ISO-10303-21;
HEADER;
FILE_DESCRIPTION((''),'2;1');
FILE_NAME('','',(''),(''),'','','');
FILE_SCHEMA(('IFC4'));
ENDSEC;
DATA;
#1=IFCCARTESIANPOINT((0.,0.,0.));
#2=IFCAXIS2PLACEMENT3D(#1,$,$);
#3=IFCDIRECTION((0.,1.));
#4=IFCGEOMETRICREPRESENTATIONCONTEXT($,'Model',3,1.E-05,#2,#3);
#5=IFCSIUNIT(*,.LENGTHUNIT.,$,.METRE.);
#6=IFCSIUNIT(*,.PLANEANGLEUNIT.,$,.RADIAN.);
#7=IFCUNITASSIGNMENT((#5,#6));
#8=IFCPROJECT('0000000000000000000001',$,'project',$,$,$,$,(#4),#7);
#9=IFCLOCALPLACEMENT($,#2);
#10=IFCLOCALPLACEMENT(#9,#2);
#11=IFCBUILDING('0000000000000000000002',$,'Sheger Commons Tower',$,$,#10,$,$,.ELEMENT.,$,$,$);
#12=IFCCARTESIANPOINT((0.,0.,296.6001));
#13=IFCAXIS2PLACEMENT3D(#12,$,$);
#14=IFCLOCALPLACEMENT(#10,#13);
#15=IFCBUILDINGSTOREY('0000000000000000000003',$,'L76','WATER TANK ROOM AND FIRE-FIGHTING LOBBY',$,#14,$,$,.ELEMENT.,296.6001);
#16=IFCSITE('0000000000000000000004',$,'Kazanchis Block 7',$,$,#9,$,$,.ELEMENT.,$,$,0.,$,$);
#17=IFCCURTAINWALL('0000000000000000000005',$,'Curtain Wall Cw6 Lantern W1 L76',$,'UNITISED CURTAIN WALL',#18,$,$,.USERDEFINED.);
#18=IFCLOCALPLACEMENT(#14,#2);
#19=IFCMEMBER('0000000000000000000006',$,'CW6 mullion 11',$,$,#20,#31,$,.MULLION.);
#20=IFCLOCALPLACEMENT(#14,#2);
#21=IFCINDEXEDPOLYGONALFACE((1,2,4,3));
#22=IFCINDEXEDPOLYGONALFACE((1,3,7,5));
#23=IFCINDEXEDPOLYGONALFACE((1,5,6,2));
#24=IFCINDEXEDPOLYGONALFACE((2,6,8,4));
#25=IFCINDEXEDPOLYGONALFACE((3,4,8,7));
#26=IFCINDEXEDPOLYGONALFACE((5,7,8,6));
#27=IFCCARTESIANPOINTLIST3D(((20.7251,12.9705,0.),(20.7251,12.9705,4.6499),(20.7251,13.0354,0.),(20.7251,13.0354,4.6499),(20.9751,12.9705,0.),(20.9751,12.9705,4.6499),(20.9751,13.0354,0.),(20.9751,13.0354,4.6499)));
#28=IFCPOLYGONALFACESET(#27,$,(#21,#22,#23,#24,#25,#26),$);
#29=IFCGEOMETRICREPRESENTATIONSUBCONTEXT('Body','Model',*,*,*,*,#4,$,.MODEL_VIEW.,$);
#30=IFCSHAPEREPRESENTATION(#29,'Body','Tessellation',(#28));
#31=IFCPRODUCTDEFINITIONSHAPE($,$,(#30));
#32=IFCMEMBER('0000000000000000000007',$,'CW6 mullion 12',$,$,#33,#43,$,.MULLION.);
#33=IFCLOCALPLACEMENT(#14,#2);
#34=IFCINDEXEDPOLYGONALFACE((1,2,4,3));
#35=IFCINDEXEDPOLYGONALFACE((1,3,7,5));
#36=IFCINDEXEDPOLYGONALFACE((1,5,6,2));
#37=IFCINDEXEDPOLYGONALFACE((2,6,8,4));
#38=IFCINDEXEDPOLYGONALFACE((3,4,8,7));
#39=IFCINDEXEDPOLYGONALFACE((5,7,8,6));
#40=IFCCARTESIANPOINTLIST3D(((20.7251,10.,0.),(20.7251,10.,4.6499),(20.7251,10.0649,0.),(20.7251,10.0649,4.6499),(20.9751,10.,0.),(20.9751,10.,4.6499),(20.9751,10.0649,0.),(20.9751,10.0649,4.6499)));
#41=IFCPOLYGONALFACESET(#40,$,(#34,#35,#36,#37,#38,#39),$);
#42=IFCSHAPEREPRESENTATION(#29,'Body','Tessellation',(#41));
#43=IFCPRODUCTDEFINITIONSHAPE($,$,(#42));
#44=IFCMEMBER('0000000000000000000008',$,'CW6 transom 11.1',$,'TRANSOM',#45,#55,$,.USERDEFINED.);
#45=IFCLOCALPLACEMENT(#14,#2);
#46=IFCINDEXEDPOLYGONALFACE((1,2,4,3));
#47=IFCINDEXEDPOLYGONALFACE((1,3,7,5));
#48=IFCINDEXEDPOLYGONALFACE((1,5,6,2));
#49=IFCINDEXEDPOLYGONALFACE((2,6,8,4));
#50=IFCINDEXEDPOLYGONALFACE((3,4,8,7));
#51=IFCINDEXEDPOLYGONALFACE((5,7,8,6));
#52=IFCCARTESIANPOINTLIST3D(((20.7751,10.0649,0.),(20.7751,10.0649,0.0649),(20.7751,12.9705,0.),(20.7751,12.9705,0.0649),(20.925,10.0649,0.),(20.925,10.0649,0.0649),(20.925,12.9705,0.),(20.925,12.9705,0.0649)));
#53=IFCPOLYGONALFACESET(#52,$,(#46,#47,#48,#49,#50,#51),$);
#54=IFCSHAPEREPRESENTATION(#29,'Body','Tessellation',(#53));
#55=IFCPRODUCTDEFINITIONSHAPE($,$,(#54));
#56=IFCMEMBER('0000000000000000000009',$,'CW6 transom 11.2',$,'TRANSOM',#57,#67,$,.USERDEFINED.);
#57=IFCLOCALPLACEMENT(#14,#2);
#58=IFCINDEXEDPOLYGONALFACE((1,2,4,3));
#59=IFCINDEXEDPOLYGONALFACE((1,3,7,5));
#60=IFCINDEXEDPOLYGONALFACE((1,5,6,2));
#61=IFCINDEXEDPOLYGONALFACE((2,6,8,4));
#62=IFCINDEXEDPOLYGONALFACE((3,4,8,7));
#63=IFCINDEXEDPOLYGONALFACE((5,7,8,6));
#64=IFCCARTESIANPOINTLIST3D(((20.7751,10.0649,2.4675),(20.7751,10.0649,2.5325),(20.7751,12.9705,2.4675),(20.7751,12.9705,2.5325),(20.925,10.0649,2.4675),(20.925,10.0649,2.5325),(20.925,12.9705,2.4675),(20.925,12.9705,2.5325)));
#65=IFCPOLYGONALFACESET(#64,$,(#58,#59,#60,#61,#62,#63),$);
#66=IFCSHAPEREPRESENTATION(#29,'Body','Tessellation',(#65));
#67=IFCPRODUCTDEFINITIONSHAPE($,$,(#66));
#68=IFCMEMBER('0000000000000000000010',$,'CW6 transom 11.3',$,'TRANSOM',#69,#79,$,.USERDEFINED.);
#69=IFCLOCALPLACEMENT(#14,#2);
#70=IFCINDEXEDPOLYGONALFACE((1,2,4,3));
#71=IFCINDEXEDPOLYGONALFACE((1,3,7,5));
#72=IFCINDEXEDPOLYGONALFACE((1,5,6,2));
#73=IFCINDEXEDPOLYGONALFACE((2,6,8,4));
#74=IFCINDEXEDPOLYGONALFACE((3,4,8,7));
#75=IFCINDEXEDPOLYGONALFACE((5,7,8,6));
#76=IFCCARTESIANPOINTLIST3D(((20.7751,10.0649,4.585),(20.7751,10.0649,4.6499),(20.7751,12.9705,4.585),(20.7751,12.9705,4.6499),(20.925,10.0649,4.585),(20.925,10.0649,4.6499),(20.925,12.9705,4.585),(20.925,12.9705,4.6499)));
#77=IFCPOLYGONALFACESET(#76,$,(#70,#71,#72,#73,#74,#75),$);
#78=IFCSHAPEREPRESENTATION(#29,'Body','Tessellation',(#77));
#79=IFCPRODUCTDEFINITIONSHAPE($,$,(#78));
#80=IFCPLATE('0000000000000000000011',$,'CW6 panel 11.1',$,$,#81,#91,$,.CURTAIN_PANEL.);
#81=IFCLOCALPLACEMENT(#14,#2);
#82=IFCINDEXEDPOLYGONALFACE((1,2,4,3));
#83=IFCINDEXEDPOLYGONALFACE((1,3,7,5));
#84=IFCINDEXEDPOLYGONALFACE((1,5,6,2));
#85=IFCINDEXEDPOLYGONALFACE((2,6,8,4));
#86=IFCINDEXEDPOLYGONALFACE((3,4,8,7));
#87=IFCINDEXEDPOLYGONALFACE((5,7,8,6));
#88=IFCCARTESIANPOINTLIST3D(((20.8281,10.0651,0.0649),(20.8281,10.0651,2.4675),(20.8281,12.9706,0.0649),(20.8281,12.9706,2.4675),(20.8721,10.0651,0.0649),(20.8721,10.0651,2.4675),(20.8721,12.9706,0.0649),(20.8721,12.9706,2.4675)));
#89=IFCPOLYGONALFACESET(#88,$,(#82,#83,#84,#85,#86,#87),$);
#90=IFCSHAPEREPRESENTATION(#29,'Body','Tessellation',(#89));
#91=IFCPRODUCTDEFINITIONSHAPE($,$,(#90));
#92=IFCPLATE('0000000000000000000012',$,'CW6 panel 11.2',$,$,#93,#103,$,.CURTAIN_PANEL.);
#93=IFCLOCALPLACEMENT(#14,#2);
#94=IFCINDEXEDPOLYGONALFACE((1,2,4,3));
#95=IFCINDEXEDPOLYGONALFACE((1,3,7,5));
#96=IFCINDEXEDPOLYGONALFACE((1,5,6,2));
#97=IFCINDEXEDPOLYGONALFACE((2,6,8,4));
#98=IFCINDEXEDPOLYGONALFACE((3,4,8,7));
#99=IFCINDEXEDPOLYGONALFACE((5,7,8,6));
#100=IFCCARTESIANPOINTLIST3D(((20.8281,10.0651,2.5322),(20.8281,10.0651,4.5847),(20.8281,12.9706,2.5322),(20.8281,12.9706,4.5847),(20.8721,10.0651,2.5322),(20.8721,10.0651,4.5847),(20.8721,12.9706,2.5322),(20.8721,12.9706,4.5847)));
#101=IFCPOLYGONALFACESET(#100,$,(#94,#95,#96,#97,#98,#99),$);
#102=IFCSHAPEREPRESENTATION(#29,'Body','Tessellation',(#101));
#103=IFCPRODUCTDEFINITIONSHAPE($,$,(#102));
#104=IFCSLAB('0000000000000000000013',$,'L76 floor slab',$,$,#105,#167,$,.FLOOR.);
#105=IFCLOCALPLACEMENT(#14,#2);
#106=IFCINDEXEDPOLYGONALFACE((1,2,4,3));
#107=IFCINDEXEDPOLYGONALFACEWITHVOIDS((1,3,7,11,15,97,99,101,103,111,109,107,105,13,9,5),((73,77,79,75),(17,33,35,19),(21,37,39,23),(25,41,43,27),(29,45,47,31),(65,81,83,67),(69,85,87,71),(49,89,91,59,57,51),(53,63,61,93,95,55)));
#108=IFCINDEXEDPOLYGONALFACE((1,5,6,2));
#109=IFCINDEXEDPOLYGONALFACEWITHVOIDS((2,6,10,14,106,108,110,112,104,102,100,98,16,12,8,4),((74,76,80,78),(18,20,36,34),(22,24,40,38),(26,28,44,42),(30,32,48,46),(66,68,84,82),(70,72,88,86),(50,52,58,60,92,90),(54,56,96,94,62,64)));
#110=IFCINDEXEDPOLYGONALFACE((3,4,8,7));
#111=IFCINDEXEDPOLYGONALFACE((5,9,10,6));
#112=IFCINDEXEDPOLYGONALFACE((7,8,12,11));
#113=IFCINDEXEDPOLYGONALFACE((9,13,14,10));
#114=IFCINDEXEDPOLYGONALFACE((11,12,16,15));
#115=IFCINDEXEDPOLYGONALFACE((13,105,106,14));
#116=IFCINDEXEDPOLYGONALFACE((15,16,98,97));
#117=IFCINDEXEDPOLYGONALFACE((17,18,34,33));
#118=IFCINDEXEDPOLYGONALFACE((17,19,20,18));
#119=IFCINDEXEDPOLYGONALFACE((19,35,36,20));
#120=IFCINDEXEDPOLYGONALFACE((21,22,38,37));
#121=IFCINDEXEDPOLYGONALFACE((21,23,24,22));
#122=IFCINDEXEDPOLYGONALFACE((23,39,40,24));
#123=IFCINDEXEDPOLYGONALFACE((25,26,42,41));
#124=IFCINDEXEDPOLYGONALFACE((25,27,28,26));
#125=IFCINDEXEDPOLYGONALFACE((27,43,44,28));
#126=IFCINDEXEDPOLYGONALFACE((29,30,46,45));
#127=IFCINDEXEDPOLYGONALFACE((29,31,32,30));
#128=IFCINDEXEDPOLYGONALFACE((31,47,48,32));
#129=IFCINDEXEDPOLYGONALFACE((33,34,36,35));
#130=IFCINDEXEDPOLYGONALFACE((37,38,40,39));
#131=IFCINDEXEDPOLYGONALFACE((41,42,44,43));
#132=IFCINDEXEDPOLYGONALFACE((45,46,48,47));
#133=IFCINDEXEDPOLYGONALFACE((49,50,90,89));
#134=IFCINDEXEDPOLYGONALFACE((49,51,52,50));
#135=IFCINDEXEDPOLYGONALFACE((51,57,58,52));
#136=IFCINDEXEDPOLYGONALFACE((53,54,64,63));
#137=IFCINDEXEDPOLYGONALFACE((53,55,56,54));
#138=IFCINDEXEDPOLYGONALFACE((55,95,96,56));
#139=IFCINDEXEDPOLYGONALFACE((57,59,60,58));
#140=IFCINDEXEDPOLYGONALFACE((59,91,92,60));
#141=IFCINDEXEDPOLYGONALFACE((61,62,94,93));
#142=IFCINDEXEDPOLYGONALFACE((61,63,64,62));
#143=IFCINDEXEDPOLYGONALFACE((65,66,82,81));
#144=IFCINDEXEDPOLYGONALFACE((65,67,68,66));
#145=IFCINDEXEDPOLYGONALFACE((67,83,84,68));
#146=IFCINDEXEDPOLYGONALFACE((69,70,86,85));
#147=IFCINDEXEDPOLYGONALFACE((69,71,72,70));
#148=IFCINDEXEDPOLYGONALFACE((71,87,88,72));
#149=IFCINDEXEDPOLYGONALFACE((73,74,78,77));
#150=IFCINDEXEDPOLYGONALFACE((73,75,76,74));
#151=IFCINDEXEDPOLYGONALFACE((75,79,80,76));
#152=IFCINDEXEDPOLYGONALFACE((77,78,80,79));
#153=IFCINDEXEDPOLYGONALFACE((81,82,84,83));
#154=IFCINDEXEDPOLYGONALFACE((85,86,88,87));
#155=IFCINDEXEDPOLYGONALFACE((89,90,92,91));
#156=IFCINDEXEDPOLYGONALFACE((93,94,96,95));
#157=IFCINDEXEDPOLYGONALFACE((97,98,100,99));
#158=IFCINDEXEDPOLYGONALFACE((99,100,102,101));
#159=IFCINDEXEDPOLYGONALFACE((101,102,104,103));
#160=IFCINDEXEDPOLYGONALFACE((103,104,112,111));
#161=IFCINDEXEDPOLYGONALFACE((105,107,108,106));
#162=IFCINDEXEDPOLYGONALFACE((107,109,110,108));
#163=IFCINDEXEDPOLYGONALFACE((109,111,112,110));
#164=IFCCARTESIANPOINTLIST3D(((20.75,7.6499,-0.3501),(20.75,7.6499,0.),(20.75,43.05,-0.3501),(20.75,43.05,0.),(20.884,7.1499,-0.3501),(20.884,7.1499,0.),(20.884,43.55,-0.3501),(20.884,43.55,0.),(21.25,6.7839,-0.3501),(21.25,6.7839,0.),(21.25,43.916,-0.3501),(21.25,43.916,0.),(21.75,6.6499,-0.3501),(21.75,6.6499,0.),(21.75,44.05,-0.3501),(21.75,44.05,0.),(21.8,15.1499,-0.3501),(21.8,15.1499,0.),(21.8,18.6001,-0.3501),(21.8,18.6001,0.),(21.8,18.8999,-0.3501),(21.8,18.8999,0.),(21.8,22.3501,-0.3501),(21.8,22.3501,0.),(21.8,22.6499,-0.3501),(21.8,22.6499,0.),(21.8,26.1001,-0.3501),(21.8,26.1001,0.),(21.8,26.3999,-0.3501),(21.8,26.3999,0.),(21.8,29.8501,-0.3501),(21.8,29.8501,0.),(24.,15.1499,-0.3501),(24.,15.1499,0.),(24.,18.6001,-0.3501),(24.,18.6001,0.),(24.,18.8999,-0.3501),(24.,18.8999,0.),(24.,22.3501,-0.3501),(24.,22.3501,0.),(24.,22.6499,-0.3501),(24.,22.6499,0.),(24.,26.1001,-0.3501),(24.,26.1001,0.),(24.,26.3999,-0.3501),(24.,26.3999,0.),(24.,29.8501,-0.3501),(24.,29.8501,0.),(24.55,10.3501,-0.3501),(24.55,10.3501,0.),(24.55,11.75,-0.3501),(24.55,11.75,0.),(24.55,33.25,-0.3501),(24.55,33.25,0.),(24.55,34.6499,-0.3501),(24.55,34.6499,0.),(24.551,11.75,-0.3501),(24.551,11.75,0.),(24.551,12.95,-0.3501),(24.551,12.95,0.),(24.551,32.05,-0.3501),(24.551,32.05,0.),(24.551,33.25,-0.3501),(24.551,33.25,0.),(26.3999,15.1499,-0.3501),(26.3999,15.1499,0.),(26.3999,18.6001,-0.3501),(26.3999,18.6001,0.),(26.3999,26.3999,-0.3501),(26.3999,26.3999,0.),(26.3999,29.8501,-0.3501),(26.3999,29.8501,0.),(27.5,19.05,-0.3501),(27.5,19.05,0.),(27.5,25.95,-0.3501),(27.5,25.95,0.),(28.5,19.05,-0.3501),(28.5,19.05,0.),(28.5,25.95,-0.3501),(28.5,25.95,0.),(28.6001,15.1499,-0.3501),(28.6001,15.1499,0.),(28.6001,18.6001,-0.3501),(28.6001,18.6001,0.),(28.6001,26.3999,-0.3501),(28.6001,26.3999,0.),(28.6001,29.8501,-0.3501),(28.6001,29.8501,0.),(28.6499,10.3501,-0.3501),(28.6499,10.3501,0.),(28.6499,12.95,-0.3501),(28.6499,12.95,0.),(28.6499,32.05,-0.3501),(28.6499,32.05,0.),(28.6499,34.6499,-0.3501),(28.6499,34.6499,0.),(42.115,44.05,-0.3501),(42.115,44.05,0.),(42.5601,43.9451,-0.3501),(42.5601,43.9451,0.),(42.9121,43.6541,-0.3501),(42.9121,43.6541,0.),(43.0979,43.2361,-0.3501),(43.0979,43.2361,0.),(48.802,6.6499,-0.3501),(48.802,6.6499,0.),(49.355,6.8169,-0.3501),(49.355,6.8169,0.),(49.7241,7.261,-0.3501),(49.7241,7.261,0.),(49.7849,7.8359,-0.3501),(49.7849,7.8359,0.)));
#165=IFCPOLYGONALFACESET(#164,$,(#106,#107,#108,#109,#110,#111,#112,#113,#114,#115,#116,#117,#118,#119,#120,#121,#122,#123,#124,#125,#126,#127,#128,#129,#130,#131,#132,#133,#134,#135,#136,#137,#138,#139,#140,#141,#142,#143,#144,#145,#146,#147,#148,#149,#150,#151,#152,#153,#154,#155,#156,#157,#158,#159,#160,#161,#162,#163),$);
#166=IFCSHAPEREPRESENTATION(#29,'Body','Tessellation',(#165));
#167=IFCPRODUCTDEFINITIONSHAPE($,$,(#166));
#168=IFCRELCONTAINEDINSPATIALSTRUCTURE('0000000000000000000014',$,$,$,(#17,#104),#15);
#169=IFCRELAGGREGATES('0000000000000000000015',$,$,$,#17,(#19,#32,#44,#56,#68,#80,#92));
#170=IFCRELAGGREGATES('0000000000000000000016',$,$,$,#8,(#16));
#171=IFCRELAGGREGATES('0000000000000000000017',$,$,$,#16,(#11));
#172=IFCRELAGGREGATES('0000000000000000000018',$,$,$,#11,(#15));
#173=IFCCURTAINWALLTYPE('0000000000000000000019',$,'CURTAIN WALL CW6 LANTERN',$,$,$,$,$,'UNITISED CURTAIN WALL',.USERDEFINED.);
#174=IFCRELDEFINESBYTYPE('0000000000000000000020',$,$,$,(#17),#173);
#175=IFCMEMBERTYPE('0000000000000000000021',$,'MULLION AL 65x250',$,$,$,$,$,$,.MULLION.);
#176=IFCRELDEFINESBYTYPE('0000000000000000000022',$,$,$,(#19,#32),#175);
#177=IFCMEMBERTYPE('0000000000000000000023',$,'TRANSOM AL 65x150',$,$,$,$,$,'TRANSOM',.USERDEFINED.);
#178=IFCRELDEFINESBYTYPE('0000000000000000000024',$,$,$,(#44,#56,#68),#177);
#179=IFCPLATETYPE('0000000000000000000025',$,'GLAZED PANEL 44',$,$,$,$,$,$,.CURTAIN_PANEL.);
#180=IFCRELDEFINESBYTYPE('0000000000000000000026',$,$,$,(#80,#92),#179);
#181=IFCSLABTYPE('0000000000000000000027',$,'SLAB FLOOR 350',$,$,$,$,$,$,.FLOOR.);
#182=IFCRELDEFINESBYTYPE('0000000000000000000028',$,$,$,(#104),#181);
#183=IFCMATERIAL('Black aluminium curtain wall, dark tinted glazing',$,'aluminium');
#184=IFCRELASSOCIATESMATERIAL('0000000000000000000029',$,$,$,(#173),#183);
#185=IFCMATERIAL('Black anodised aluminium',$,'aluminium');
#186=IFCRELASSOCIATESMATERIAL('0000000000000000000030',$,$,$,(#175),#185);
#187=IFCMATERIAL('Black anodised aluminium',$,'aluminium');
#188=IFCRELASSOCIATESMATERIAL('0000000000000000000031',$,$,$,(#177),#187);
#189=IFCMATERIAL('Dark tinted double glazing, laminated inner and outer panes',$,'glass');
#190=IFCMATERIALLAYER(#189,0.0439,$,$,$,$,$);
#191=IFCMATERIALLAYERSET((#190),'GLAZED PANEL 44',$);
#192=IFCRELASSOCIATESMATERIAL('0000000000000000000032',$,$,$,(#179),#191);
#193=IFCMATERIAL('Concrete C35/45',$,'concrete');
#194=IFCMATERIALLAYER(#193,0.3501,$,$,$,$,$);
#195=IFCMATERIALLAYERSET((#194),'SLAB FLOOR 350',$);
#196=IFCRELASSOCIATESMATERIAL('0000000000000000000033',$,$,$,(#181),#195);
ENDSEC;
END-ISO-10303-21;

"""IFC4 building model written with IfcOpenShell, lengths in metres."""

from ifc_helpers import new_model, si_unit, direction, frame, origin, origin_2d, place, context, subcontext, project, spatial, polyline, rectangle, outline, extrude, material, layer, layer_set, material_profile, profile_set, type_object, element, aggregate, save


model = new_model("IFC4")

# Units and contexts
model_context = context("Model", 3, precision=1e-05, world=origin(), true_north=direction((0.0, 1.0)))
body_context = subcontext(model_context, "Body", "Model", "MODEL_VIEW")
ifc_project = project(units=[si_unit("LENGTHUNIT", "METRE"), si_unit("PLANEANGLEUNIT", "RADIAN")], contexts=[model_context])

# Site, building, storey
site_placement = place(None, origin())
site = spatial("IfcSite", under=ifc_project, at=site_placement, Name="Kazanchis Block 7", CompositionType="ELEMENT", RefElevation=0.0)
building_placement = place(site_placement, origin())
building = spatial("IfcBuilding", under=site, at=building_placement, Name="Sheger Commons Tower", CompositionType="ELEMENT")
storey_placement = place(building_placement, frame((0.0, 0.0, 296.6001)))
storey = spatial("IfcBuildingStorey", under=building, at=storey_placement, Name="L76", Description="WATER TANK ROOM AND FIRE-FIGHTING LOBBY", CompositionType="ELEMENT", Elevation=296.6001)

# Curtain wall, members, plates
ifc_material_1 = material(Name="Black aluminium curtain wall, dark tinted glazing", Category="aluminium")
curtain_wall_type = type_object("IfcCurtainWallType", Name="CURTAIN WALL CW6 LANTERN", ElementType="UNITISED CURTAIN WALL", PredefinedType="USERDEFINED", material=ifc_material_1)
curtain_wall_placement = place(storey_placement, origin())
curtain_wall = element("IfcCurtainWall", 1, at=curtain_wall_placement, inside=storey, type_object=curtain_wall_type, Name="Curtain Wall Cw6 Lantern W1 L76", ObjectType="UNITISED CURTAIN WALL", PredefinedType="USERDEFINED")
ifc_material_2 = material(Name="Black anodised aluminium", Category="aluminium")
ifc_material_profile_1 = material_profile(ifc_material_2, rectangle(XDim=0.25, YDim=0.0649, at=origin_2d()), Name="AL 65x250")
ifc_profile_set_1 = profile_set([ifc_material_profile_1], Name="Black anodised aluminium")
member_type_1 = type_object("IfcMemberType", Name="MULLION AL 65x250", PredefinedType="MULLION", material=ifc_profile_set_1)
member_1_placement = place(storey_placement, frame((20.8501, 13.0029, 0.0), z_axis=(0.0, 0.0, 1.0), x_axis=(1.0, 0.0, 0.0)))
member_1 = element("IfcMember", 2, at=member_1_placement, type_object=member_type_1, Name="CW6 mullion 11", PredefinedType="MULLION", context=body_context, shape_type="SweptSolid", body=[
    extrude(rectangle(XDim=0.25, YDim=0.0649, at=origin_2d()), origin(), (0.0, 0.0, 1.0), 4.6499),
])
member_2_placement = place(storey_placement, frame((20.8501, 10.0325, 0.0), z_axis=(0.0, 0.0, 1.0), x_axis=(1.0, 0.0, 0.0)))
member_2 = element("IfcMember", 3, at=member_2_placement, type_object=member_type_1, Name="CW6 mullion 12", PredefinedType="MULLION", context=body_context, shape_type="SweptSolid", body=[
    extrude(rectangle(XDim=0.25, YDim=0.0649, at=origin_2d()), origin(), (0.0, 0.0, 1.0), 4.6499),
])
ifc_material_3 = material(Name="Black anodised aluminium", Category="aluminium")
ifc_material_profile_2 = material_profile(ifc_material_3, rectangle(XDim=0.1499, YDim=0.0649, at=origin_2d()), Name="AL 65x150")
ifc_profile_set_2 = profile_set([ifc_material_profile_2], Name="Black anodised aluminium")
member_type_2 = type_object("IfcMemberType", Name="TRANSOM AL 65x150", ElementType="TRANSOM", PredefinedType="USERDEFINED", material=ifc_profile_set_2)
member_3_placement = place(storey_placement, frame((20.8501, 12.9705, 0.0325), z_axis=(0.0, -1.0, 0.0), x_axis=(1.0, 0.0, 0.0)))
member_3 = element("IfcMember", 4, at=member_3_placement, type_object=member_type_2, Name="CW6 transom 11.1", ObjectType="TRANSOM", PredefinedType="USERDEFINED", context=body_context, shape_type="SweptSolid", body=[
    extrude(rectangle(XDim=0.1499, YDim=0.0649, at=origin_2d()), origin(), (0.0, 0.0, 1.0), 2.9055),
])
member_4_placement = place(storey_placement, frame((20.8501, 12.9705, 2.5), z_axis=(0.0, -1.0, 0.0), x_axis=(1.0, 0.0, 0.0)))
member_4 = element("IfcMember", 5, at=member_4_placement, type_object=member_type_2, Name="CW6 transom 11.2", ObjectType="TRANSOM", PredefinedType="USERDEFINED", context=body_context, shape_type="SweptSolid", body=[
    extrude(rectangle(XDim=0.1499, YDim=0.0649, at=origin_2d()), origin(), (0.0, 0.0, 1.0), 2.9055),
])
member_5_placement = place(storey_placement, frame((20.8501, 12.9705, 4.6174), z_axis=(0.0, -1.0, 0.0), x_axis=(1.0, 0.0, 0.0)))
member_5 = element("IfcMember", 6, at=member_5_placement, type_object=member_type_2, Name="CW6 transom 11.3", ObjectType="TRANSOM", PredefinedType="USERDEFINED", context=body_context, shape_type="SweptSolid", body=[
    extrude(rectangle(XDim=0.1499, YDim=0.0649, at=origin_2d()), origin(), (0.0, 0.0, 1.0), 2.9055),
])
ifc_material_4 = material(Name="Dark tinted double glazing, laminated inner and outer panes", Category="glass")
ifc_layer_1 = layer(ifc_material_4, 0.0439)
ifc_layer_set_1 = layer_set([ifc_layer_1], Name="GLAZED PANEL 44")
plate_type = type_object("IfcPlateType", Name="GLAZED PANEL 44", PredefinedType="CURTAIN_PANEL", material=ifc_layer_set_1)
plate_1_placement = place(storey_placement, frame((20.8501, 11.5178, 0.0649), z_axis=(0.0, 0.0, 1.0), x_axis=(0.0, -1.0, 0.0)))
plate_1 = element("IfcPlate", 7, at=plate_1_placement, type_object=plate_type, Name="CW6 panel 11.1", PredefinedType="CURTAIN_PANEL", context=body_context, shape_type="SweptSolid", body=[
    extrude(rectangle(XDim=2.9055, YDim=0.0439, at=origin_2d()), origin(), (0.0, 0.0, 1.0), 2.4026),
])
plate_2_placement = place(storey_placement, frame((20.8501, 11.5178, 2.5322), z_axis=(0.0, 0.0, 1.0), x_axis=(0.0, -1.0, 0.0)))
plate_2 = element("IfcPlate", 8, at=plate_2_placement, type_object=plate_type, Name="CW6 panel 11.2", PredefinedType="CURTAIN_PANEL", context=body_context, shape_type="SweptSolid", body=[
    extrude(rectangle(XDim=2.9055, YDim=0.0439, at=origin_2d()), origin(), (0.0, 0.0, 1.0), 2.0525),
])
aggregate(curtain_wall, [member_1, member_2, member_3, member_4, member_5, plate_1, plate_2])

# Slab
ifc_material_5 = material(Name="Concrete C35/45", Category="concrete")
ifc_layer_2 = layer(ifc_material_5, 0.3501)
ifc_layer_set_2 = layer_set([ifc_layer_2], Name="SLAB FLOOR 350")
slab_type_1 = type_object("IfcSlabType", Name="SLAB FLOOR 350", PredefinedType="FLOOR", material=ifc_layer_set_2)
slab_1_placement = place(storey_placement, frame((0.0, 0.0, -0.3501)))
element("IfcSlab", 9, at=slab_1_placement, inside=storey, type_object=slab_type_1, Name="L76 floor slab", PredefinedType="FLOOR", context=body_context, shape_type="SweptSolid", body=[
    extrude(outline(polyline([(20.75, 7.6499), (20.884, 7.1499), (21.25, 6.7839), (21.75, 6.6499), (48.802, 6.6499), (49.355, 6.8169), (49.7241, 7.261), (49.7849, 7.8359), (43.0979, 43.2361), (42.9121, 43.6541), (42.5601, 43.9451), (42.115, 44.05), (21.75, 44.05), (21.25, 43.916), (20.884, 43.55), (20.75, 43.05), (20.75, 7.6499)]), holes=[polyline([(24.55, 10.3501), (28.6499, 10.3501), (28.6499, 12.95), (24.551, 12.95), (24.551, 11.75), (24.55, 11.75), (24.55, 10.3501)]), polyline([(24.551, 32.05), (28.6499, 32.05), (28.6499, 34.6499), (24.55, 34.6499), (24.55, 33.25), (24.551, 33.25), (24.551, 32.05)]), polyline([(26.3999, 15.1499), (28.6001, 15.1499), (28.6001, 18.6001), (26.3999, 18.6001), (26.3999, 15.1499)]), polyline([(26.3999, 26.3999), (28.6001, 26.3999), (28.6001, 29.8501), (26.3999, 29.8501), (26.3999, 26.3999)]), polyline([(21.8, 15.1499), (24.0, 15.1499), (24.0, 18.6001), (21.8, 18.6001), (21.8, 15.1499)]), polyline([(21.8, 18.8999), (24.0, 18.8999), (24.0, 22.3501), (21.8, 22.3501), (21.8, 18.8999)]), polyline([(21.8, 22.6499), (24.0, 22.6499), (24.0, 26.1001), (21.8, 26.1001), (21.8, 22.6499)]), polyline([(21.8, 26.3999), (24.0, 26.3999), (24.0, 29.8501), (21.8, 29.8501), (21.8, 26.3999)]), polyline([(27.5, 19.05), (28.5, 19.05), (28.5, 25.95), (27.5, 25.95), (27.5, 19.05)])]), origin(), (0.0, 0.0, 1.0), 0.3501),
])

save(model, "model.ifc")
